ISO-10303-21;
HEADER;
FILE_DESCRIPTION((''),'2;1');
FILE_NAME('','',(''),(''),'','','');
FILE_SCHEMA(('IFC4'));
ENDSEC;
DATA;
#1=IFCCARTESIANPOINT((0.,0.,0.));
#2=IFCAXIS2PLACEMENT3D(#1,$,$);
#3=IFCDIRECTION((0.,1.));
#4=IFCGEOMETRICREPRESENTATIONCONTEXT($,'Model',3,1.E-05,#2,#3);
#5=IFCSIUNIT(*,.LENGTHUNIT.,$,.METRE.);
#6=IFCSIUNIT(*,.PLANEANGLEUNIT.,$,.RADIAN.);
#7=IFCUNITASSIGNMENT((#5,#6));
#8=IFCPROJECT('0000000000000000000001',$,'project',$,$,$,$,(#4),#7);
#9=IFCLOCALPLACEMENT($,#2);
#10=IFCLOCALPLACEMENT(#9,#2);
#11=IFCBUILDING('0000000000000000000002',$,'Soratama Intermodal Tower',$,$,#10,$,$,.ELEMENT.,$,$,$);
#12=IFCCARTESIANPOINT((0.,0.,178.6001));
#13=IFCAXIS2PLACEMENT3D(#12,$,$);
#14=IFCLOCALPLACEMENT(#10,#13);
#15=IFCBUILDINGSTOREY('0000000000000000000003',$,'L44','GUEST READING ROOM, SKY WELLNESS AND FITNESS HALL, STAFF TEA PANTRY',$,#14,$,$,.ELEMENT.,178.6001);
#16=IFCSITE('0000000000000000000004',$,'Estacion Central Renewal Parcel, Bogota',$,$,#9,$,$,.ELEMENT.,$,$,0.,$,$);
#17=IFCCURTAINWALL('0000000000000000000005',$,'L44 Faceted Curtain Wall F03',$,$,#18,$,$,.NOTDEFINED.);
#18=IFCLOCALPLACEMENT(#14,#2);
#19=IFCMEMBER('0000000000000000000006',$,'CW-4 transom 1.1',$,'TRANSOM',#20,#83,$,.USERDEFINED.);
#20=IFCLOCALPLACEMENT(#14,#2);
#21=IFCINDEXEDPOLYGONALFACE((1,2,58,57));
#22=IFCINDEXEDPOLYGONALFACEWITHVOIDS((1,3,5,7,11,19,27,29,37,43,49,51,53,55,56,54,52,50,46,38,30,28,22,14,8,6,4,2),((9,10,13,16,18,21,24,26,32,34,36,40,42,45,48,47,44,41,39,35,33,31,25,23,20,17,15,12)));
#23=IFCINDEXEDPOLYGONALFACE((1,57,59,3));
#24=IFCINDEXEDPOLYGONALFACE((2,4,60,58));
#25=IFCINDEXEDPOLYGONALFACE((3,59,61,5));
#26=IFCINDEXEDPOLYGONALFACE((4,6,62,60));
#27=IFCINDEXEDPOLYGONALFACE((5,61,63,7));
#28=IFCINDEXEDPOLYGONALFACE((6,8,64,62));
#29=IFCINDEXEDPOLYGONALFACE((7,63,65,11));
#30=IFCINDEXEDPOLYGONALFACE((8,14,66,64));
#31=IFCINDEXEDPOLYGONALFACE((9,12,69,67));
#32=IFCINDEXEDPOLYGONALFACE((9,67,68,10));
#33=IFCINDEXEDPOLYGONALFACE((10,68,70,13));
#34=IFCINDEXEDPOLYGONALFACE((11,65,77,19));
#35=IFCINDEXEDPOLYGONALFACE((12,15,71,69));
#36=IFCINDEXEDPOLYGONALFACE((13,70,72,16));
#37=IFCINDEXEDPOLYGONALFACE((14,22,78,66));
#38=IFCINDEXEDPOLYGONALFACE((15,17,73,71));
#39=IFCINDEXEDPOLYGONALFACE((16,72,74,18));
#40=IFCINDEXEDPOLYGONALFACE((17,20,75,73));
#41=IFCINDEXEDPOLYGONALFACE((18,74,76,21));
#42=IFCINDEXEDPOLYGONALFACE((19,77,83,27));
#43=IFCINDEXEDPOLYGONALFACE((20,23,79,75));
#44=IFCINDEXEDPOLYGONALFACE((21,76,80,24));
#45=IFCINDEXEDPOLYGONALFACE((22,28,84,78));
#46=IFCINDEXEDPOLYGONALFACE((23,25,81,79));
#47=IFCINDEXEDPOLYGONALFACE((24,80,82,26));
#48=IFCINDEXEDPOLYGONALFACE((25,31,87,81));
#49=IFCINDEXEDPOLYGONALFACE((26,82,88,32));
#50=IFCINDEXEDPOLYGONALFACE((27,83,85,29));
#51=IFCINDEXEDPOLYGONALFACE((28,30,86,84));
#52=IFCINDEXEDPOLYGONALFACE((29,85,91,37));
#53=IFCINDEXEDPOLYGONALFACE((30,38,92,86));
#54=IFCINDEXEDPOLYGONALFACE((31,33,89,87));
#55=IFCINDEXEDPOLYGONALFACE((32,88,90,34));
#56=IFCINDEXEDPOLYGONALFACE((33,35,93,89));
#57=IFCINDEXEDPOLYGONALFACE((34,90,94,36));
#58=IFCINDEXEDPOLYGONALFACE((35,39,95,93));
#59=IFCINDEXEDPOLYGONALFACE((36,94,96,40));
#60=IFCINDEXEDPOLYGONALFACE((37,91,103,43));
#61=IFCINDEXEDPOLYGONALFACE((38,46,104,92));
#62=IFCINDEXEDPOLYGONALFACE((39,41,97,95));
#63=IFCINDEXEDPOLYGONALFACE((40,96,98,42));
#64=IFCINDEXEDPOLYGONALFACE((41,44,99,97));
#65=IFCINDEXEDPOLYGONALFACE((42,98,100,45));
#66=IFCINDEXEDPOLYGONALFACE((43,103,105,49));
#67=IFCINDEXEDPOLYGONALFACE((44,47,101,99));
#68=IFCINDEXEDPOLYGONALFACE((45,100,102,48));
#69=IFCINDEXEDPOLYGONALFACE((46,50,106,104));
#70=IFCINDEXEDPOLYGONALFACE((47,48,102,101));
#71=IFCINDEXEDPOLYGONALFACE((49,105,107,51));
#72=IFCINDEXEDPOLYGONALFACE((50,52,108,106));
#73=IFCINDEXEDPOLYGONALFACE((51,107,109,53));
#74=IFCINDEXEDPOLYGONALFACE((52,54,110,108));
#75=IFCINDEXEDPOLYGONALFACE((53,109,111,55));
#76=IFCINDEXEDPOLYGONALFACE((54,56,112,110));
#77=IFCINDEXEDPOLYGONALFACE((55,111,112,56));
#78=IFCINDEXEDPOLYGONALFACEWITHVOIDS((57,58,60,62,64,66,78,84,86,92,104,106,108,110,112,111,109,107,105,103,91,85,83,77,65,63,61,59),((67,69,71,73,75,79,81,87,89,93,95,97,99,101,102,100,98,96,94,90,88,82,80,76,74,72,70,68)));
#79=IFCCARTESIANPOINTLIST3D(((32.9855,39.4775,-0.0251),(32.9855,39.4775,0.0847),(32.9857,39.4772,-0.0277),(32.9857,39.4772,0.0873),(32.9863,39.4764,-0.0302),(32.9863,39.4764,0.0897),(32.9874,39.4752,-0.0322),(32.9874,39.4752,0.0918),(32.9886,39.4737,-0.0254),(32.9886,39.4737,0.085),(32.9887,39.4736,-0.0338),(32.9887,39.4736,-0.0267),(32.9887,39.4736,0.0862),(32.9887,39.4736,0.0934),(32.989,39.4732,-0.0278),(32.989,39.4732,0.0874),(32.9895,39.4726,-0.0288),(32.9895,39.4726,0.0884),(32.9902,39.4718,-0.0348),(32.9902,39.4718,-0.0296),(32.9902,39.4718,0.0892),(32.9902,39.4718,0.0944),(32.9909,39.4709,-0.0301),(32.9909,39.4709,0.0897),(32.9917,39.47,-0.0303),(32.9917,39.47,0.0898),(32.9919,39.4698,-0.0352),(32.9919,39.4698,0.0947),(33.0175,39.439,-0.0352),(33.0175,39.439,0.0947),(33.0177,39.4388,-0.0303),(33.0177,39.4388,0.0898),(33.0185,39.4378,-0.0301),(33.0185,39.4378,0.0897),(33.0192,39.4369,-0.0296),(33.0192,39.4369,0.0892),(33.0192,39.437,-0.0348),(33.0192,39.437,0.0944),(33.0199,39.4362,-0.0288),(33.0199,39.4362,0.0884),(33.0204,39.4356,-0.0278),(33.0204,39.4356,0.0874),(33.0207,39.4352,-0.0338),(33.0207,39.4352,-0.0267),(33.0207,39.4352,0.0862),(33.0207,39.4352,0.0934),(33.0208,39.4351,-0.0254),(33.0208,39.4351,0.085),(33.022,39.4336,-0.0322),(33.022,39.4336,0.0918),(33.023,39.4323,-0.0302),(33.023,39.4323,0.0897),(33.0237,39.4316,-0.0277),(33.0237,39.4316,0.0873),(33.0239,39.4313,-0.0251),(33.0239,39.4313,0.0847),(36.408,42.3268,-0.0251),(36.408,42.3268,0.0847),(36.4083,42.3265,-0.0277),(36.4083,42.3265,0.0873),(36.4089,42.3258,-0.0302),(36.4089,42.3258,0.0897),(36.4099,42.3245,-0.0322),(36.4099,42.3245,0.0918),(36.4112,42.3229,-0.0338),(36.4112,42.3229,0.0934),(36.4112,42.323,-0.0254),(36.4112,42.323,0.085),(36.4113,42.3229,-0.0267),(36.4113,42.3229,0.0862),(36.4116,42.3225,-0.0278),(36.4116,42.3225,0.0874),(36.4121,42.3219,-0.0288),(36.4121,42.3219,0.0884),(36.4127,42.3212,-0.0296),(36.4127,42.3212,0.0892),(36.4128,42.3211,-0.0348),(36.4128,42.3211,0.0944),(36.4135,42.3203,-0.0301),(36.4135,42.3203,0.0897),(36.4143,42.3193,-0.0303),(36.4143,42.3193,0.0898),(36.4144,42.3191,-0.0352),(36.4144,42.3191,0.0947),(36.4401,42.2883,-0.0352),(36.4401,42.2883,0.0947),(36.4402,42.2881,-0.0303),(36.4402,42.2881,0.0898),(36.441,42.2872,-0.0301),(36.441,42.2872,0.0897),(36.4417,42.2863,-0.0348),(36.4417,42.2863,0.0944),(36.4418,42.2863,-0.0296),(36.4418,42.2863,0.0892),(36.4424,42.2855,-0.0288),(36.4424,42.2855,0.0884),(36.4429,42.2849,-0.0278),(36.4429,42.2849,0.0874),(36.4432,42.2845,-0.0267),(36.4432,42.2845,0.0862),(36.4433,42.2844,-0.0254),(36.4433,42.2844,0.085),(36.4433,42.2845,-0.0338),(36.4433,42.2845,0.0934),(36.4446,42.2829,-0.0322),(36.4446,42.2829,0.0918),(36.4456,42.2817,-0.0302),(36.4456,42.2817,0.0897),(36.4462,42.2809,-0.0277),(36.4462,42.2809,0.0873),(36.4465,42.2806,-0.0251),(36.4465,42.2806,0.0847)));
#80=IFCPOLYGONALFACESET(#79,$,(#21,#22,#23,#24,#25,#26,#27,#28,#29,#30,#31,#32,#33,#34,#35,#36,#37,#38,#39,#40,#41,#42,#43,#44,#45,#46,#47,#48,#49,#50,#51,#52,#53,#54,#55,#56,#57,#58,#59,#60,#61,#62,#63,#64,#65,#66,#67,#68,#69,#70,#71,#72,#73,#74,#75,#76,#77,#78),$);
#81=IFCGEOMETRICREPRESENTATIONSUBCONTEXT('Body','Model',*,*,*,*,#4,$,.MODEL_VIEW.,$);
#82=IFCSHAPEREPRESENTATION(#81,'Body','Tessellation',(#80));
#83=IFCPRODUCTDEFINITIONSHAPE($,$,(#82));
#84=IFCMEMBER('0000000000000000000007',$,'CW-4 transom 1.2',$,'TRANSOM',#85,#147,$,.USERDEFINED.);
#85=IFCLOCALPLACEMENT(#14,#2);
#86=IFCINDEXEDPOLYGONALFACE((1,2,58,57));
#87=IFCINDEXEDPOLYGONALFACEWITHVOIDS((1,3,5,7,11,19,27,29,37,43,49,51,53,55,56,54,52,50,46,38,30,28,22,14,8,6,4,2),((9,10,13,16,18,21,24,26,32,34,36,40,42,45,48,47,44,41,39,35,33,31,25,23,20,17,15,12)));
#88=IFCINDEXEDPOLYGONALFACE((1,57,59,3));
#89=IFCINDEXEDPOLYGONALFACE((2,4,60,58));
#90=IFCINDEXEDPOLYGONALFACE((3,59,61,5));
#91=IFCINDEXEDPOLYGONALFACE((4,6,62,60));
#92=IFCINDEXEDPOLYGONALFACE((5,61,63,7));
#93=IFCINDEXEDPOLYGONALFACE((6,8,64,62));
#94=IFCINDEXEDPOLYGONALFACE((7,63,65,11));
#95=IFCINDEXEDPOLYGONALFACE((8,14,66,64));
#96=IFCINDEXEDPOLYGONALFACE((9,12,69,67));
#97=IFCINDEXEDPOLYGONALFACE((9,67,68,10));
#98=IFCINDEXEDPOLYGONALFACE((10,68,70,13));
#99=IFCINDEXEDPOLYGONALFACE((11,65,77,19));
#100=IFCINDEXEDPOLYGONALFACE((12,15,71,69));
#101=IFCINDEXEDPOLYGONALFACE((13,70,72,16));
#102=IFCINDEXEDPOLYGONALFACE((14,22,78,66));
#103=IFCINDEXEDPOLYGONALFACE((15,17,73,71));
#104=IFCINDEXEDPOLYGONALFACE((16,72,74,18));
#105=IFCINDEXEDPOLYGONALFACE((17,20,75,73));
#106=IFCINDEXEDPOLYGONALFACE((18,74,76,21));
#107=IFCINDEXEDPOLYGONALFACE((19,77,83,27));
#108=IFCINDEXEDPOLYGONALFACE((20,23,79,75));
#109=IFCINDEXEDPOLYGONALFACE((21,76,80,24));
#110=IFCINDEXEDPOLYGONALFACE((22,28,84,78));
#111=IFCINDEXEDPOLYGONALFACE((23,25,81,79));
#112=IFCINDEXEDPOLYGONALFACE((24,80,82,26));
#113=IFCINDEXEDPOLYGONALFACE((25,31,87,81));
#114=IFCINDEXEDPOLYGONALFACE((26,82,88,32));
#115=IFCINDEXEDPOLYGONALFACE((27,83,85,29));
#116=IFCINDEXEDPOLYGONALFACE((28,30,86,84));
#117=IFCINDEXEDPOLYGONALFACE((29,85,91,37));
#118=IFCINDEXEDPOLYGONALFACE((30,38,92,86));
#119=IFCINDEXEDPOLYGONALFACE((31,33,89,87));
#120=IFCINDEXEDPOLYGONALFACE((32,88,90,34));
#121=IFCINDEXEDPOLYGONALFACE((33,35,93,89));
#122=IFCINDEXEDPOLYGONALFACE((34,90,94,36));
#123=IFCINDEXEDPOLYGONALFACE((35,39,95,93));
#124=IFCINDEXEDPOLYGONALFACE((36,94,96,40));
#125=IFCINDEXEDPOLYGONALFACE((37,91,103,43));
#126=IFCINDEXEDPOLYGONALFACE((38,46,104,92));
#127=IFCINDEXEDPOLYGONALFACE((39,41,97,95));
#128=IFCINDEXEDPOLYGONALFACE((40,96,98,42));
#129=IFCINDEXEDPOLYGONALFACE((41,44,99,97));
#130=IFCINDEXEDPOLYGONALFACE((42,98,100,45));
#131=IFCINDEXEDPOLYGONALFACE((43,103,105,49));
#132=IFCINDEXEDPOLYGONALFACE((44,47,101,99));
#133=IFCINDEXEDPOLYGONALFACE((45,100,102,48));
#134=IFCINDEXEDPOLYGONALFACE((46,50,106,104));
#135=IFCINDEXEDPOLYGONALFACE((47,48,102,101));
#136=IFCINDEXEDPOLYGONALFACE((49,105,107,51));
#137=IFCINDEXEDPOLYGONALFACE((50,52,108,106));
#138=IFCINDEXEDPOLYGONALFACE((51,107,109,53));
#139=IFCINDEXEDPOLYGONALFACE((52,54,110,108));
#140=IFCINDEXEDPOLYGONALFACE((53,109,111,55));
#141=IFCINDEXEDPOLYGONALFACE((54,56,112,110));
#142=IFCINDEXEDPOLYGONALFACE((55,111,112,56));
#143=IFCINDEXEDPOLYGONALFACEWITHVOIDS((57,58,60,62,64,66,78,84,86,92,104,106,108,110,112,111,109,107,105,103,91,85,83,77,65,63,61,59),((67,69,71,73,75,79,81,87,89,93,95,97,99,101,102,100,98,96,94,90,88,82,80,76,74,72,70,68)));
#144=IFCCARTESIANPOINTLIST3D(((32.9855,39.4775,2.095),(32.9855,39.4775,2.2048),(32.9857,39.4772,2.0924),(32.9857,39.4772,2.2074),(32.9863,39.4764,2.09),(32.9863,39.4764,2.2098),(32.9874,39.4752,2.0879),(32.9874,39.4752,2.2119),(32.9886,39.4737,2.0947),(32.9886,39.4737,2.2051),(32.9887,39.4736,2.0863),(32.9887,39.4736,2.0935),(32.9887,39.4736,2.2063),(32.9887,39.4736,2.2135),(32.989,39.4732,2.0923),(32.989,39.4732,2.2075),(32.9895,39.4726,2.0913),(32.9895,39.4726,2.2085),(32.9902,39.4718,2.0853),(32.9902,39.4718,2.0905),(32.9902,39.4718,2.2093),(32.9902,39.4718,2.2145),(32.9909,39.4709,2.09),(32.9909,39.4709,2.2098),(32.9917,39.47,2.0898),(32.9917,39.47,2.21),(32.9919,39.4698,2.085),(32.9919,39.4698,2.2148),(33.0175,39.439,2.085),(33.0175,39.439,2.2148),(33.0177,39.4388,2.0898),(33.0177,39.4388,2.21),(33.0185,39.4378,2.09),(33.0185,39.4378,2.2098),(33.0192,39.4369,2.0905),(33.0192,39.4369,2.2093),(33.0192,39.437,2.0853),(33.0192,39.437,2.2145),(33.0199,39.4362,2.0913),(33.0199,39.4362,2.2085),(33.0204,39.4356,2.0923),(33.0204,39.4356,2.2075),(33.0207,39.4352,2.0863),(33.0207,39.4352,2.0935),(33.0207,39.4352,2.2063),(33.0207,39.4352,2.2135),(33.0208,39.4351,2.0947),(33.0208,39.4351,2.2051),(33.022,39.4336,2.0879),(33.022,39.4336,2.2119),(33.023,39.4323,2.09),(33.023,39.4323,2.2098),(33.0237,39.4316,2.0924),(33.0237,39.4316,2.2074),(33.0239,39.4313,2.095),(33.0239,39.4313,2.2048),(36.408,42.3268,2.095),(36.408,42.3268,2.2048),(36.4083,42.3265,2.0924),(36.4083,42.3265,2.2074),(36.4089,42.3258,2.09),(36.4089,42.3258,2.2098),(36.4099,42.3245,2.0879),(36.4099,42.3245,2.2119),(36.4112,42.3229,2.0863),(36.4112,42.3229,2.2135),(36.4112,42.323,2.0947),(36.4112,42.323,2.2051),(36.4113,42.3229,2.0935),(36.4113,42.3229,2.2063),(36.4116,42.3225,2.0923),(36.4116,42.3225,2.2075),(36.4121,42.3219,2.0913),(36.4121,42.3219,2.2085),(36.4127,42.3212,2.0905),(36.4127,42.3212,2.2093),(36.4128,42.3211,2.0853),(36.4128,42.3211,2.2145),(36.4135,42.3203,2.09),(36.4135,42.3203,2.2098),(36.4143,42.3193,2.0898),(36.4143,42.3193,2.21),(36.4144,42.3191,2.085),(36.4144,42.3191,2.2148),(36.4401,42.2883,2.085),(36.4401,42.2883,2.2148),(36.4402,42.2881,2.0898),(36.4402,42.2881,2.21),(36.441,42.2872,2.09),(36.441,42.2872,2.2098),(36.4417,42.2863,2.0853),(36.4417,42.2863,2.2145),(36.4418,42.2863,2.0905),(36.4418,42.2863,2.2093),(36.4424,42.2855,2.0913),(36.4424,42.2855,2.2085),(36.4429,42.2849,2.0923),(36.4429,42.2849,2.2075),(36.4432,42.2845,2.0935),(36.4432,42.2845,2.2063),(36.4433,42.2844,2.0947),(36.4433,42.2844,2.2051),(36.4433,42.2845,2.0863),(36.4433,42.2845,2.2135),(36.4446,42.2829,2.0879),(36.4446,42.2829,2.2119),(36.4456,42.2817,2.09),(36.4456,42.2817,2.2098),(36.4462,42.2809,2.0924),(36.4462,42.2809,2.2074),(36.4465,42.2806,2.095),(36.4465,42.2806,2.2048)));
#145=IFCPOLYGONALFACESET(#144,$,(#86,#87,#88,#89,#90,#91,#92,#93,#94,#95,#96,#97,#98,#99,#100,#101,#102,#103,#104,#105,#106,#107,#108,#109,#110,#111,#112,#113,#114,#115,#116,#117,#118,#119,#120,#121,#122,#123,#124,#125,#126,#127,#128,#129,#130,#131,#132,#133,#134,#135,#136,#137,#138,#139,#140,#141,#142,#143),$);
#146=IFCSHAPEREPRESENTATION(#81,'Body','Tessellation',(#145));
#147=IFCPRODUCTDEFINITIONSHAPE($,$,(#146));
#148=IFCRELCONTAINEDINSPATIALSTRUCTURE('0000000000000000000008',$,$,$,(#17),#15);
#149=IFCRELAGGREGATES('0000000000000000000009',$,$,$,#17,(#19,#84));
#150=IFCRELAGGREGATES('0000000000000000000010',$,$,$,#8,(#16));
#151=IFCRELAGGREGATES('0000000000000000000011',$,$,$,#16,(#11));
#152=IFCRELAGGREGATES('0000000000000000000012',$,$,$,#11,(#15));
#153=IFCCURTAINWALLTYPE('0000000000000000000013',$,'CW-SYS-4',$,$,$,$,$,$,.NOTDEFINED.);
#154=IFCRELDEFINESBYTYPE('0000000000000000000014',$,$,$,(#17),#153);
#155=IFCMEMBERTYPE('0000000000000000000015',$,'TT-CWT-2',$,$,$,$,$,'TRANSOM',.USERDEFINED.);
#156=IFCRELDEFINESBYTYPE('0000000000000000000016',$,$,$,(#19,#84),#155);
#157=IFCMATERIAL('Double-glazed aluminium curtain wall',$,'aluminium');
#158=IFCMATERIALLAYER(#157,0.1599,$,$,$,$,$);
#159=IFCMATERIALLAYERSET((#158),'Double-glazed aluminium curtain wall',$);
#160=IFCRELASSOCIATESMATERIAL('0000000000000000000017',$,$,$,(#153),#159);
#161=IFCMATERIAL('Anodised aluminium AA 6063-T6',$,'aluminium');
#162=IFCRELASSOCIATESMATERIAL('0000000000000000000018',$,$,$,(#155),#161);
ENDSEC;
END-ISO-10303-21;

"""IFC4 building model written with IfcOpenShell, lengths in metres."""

from ifc_helpers import new_model, si_unit, direction, frame, origin, origin_2d, place, context, subcontext, project, spatial, hollow_rectangle, extrude, material, layer, layer_set, material_profile, profile_set, type_object, element, aggregate, save


model = new_model("IFC4")

# Units and contexts
model_context = context("Model", 3, precision=1e-05, world=origin(), true_north=direction((0.0, 1.0)))
body_context = subcontext(model_context, "Body", "Model", "MODEL_VIEW")
ifc_project = project(units=[si_unit("LENGTHUNIT", "METRE"), si_unit("PLANEANGLEUNIT", "RADIAN")], contexts=[model_context])

# Site, building, storey
site_placement = place(None, origin())
site = spatial("IfcSite", under=ifc_project, at=site_placement, Name="Estacion Central Renewal Parcel, Bogota", CompositionType="ELEMENT", RefElevation=0.0)
building_placement = place(site_placement, origin())
building = spatial("IfcBuilding", under=site, at=building_placement, Name="Soratama Intermodal Tower", CompositionType="ELEMENT")
storey_placement = place(building_placement, frame((0.0, 0.0, 178.6001)))
storey = spatial("IfcBuildingStorey", under=building, at=storey_placement, Name="L44", Description="GUEST READING ROOM, SKY WELLNESS AND FITNESS HALL, STAFF TEA PANTRY", CompositionType="ELEMENT", Elevation=178.6001)

# Shared definitions
ifc_material_1 = material(Name="Double-glazed aluminium curtain wall", Category="aluminium")
ifc_layer_1 = layer(ifc_material_1, 0.1599)
ifc_layer_set_1 = layer_set([ifc_layer_1], Name="Double-glazed aluminium curtain wall")
curtain_wall_type = type_object("IfcCurtainWallType", Name="CW-SYS-4", PredefinedType="NOTDEFINED", material=ifc_layer_set_1)

# Curtain wall, members
curtain_wall_1_placement = place(storey_placement, origin())
curtain_wall_1 = element("IfcCurtainWall", 1, at=curtain_wall_1_placement, inside=storey, type_object=curtain_wall_type, Name="L44 Faceted Curtain Wall F03", PredefinedType="NOTDEFINED")
ifc_material_2 = material(Name="Anodised aluminium AA 6063-T6", Category="aluminium")
ifc_material_profile_1 = material_profile(ifc_material_2, hollow_rectangle(XDim=0.0601, YDim=0.1299, WallThickness=0.0049, InnerFilletRadius=0.0049, OuterFilletRadius=0.01, at=origin_2d()), Name="CWT130X60X5")
ifc_profile_set_1 = profile_set([ifc_material_profile_1], Name="Anodised aluminium AA 6063-T6")
member_type_1 = type_object("IfcMemberType", Name="TT-CWT-2", ElementType="TRANSOM", PredefinedType="USERDEFINED", material=ifc_profile_set_1)
member_1_placement = place(storey_placement, frame((36.4272, 42.3037, 0.0298), z_axis=(-0.768531, -0.639812, 0.0), x_axis=(0.639812, -0.768531, 0.0)))
member_1 = element("IfcMember", 2, at=member_1_placement, type_object=member_type_1, Name="CW-4 transom 1.1", ObjectType="TRANSOM", PredefinedType="USERDEFINED", context=body_context, shape_type="SweptSolid", body=[
    extrude(hollow_rectangle(XDim=0.0601, YDim=0.1299, WallThickness=0.0049, InnerFilletRadius=0.0049, OuterFilletRadius=0.01, at=origin_2d()), origin(), (0.0, 0.0, 1.0), 4.4534),
])
member_2_placement = place(storey_placement, frame((36.4272, 42.3037, 2.1499), z_axis=(-0.768531, -0.639812, 0.0), x_axis=(0.639812, -0.768531, 0.0)))
member_2 = element("IfcMember", 3, at=member_2_placement, type_object=member_type_1, Name="CW-4 transom 1.2", ObjectType="TRANSOM", PredefinedType="USERDEFINED", context=body_context, shape_type="SweptSolid", body=[
    extrude(hollow_rectangle(XDim=0.0601, YDim=0.1299, WallThickness=0.0049, InnerFilletRadius=0.0049, OuterFilletRadius=0.01, at=origin_2d()), origin(), (0.0, 0.0, 1.0), 4.4534),
])
aggregate(curtain_wall_1, [member_1, member_2])

save(model, "model.ifc")
